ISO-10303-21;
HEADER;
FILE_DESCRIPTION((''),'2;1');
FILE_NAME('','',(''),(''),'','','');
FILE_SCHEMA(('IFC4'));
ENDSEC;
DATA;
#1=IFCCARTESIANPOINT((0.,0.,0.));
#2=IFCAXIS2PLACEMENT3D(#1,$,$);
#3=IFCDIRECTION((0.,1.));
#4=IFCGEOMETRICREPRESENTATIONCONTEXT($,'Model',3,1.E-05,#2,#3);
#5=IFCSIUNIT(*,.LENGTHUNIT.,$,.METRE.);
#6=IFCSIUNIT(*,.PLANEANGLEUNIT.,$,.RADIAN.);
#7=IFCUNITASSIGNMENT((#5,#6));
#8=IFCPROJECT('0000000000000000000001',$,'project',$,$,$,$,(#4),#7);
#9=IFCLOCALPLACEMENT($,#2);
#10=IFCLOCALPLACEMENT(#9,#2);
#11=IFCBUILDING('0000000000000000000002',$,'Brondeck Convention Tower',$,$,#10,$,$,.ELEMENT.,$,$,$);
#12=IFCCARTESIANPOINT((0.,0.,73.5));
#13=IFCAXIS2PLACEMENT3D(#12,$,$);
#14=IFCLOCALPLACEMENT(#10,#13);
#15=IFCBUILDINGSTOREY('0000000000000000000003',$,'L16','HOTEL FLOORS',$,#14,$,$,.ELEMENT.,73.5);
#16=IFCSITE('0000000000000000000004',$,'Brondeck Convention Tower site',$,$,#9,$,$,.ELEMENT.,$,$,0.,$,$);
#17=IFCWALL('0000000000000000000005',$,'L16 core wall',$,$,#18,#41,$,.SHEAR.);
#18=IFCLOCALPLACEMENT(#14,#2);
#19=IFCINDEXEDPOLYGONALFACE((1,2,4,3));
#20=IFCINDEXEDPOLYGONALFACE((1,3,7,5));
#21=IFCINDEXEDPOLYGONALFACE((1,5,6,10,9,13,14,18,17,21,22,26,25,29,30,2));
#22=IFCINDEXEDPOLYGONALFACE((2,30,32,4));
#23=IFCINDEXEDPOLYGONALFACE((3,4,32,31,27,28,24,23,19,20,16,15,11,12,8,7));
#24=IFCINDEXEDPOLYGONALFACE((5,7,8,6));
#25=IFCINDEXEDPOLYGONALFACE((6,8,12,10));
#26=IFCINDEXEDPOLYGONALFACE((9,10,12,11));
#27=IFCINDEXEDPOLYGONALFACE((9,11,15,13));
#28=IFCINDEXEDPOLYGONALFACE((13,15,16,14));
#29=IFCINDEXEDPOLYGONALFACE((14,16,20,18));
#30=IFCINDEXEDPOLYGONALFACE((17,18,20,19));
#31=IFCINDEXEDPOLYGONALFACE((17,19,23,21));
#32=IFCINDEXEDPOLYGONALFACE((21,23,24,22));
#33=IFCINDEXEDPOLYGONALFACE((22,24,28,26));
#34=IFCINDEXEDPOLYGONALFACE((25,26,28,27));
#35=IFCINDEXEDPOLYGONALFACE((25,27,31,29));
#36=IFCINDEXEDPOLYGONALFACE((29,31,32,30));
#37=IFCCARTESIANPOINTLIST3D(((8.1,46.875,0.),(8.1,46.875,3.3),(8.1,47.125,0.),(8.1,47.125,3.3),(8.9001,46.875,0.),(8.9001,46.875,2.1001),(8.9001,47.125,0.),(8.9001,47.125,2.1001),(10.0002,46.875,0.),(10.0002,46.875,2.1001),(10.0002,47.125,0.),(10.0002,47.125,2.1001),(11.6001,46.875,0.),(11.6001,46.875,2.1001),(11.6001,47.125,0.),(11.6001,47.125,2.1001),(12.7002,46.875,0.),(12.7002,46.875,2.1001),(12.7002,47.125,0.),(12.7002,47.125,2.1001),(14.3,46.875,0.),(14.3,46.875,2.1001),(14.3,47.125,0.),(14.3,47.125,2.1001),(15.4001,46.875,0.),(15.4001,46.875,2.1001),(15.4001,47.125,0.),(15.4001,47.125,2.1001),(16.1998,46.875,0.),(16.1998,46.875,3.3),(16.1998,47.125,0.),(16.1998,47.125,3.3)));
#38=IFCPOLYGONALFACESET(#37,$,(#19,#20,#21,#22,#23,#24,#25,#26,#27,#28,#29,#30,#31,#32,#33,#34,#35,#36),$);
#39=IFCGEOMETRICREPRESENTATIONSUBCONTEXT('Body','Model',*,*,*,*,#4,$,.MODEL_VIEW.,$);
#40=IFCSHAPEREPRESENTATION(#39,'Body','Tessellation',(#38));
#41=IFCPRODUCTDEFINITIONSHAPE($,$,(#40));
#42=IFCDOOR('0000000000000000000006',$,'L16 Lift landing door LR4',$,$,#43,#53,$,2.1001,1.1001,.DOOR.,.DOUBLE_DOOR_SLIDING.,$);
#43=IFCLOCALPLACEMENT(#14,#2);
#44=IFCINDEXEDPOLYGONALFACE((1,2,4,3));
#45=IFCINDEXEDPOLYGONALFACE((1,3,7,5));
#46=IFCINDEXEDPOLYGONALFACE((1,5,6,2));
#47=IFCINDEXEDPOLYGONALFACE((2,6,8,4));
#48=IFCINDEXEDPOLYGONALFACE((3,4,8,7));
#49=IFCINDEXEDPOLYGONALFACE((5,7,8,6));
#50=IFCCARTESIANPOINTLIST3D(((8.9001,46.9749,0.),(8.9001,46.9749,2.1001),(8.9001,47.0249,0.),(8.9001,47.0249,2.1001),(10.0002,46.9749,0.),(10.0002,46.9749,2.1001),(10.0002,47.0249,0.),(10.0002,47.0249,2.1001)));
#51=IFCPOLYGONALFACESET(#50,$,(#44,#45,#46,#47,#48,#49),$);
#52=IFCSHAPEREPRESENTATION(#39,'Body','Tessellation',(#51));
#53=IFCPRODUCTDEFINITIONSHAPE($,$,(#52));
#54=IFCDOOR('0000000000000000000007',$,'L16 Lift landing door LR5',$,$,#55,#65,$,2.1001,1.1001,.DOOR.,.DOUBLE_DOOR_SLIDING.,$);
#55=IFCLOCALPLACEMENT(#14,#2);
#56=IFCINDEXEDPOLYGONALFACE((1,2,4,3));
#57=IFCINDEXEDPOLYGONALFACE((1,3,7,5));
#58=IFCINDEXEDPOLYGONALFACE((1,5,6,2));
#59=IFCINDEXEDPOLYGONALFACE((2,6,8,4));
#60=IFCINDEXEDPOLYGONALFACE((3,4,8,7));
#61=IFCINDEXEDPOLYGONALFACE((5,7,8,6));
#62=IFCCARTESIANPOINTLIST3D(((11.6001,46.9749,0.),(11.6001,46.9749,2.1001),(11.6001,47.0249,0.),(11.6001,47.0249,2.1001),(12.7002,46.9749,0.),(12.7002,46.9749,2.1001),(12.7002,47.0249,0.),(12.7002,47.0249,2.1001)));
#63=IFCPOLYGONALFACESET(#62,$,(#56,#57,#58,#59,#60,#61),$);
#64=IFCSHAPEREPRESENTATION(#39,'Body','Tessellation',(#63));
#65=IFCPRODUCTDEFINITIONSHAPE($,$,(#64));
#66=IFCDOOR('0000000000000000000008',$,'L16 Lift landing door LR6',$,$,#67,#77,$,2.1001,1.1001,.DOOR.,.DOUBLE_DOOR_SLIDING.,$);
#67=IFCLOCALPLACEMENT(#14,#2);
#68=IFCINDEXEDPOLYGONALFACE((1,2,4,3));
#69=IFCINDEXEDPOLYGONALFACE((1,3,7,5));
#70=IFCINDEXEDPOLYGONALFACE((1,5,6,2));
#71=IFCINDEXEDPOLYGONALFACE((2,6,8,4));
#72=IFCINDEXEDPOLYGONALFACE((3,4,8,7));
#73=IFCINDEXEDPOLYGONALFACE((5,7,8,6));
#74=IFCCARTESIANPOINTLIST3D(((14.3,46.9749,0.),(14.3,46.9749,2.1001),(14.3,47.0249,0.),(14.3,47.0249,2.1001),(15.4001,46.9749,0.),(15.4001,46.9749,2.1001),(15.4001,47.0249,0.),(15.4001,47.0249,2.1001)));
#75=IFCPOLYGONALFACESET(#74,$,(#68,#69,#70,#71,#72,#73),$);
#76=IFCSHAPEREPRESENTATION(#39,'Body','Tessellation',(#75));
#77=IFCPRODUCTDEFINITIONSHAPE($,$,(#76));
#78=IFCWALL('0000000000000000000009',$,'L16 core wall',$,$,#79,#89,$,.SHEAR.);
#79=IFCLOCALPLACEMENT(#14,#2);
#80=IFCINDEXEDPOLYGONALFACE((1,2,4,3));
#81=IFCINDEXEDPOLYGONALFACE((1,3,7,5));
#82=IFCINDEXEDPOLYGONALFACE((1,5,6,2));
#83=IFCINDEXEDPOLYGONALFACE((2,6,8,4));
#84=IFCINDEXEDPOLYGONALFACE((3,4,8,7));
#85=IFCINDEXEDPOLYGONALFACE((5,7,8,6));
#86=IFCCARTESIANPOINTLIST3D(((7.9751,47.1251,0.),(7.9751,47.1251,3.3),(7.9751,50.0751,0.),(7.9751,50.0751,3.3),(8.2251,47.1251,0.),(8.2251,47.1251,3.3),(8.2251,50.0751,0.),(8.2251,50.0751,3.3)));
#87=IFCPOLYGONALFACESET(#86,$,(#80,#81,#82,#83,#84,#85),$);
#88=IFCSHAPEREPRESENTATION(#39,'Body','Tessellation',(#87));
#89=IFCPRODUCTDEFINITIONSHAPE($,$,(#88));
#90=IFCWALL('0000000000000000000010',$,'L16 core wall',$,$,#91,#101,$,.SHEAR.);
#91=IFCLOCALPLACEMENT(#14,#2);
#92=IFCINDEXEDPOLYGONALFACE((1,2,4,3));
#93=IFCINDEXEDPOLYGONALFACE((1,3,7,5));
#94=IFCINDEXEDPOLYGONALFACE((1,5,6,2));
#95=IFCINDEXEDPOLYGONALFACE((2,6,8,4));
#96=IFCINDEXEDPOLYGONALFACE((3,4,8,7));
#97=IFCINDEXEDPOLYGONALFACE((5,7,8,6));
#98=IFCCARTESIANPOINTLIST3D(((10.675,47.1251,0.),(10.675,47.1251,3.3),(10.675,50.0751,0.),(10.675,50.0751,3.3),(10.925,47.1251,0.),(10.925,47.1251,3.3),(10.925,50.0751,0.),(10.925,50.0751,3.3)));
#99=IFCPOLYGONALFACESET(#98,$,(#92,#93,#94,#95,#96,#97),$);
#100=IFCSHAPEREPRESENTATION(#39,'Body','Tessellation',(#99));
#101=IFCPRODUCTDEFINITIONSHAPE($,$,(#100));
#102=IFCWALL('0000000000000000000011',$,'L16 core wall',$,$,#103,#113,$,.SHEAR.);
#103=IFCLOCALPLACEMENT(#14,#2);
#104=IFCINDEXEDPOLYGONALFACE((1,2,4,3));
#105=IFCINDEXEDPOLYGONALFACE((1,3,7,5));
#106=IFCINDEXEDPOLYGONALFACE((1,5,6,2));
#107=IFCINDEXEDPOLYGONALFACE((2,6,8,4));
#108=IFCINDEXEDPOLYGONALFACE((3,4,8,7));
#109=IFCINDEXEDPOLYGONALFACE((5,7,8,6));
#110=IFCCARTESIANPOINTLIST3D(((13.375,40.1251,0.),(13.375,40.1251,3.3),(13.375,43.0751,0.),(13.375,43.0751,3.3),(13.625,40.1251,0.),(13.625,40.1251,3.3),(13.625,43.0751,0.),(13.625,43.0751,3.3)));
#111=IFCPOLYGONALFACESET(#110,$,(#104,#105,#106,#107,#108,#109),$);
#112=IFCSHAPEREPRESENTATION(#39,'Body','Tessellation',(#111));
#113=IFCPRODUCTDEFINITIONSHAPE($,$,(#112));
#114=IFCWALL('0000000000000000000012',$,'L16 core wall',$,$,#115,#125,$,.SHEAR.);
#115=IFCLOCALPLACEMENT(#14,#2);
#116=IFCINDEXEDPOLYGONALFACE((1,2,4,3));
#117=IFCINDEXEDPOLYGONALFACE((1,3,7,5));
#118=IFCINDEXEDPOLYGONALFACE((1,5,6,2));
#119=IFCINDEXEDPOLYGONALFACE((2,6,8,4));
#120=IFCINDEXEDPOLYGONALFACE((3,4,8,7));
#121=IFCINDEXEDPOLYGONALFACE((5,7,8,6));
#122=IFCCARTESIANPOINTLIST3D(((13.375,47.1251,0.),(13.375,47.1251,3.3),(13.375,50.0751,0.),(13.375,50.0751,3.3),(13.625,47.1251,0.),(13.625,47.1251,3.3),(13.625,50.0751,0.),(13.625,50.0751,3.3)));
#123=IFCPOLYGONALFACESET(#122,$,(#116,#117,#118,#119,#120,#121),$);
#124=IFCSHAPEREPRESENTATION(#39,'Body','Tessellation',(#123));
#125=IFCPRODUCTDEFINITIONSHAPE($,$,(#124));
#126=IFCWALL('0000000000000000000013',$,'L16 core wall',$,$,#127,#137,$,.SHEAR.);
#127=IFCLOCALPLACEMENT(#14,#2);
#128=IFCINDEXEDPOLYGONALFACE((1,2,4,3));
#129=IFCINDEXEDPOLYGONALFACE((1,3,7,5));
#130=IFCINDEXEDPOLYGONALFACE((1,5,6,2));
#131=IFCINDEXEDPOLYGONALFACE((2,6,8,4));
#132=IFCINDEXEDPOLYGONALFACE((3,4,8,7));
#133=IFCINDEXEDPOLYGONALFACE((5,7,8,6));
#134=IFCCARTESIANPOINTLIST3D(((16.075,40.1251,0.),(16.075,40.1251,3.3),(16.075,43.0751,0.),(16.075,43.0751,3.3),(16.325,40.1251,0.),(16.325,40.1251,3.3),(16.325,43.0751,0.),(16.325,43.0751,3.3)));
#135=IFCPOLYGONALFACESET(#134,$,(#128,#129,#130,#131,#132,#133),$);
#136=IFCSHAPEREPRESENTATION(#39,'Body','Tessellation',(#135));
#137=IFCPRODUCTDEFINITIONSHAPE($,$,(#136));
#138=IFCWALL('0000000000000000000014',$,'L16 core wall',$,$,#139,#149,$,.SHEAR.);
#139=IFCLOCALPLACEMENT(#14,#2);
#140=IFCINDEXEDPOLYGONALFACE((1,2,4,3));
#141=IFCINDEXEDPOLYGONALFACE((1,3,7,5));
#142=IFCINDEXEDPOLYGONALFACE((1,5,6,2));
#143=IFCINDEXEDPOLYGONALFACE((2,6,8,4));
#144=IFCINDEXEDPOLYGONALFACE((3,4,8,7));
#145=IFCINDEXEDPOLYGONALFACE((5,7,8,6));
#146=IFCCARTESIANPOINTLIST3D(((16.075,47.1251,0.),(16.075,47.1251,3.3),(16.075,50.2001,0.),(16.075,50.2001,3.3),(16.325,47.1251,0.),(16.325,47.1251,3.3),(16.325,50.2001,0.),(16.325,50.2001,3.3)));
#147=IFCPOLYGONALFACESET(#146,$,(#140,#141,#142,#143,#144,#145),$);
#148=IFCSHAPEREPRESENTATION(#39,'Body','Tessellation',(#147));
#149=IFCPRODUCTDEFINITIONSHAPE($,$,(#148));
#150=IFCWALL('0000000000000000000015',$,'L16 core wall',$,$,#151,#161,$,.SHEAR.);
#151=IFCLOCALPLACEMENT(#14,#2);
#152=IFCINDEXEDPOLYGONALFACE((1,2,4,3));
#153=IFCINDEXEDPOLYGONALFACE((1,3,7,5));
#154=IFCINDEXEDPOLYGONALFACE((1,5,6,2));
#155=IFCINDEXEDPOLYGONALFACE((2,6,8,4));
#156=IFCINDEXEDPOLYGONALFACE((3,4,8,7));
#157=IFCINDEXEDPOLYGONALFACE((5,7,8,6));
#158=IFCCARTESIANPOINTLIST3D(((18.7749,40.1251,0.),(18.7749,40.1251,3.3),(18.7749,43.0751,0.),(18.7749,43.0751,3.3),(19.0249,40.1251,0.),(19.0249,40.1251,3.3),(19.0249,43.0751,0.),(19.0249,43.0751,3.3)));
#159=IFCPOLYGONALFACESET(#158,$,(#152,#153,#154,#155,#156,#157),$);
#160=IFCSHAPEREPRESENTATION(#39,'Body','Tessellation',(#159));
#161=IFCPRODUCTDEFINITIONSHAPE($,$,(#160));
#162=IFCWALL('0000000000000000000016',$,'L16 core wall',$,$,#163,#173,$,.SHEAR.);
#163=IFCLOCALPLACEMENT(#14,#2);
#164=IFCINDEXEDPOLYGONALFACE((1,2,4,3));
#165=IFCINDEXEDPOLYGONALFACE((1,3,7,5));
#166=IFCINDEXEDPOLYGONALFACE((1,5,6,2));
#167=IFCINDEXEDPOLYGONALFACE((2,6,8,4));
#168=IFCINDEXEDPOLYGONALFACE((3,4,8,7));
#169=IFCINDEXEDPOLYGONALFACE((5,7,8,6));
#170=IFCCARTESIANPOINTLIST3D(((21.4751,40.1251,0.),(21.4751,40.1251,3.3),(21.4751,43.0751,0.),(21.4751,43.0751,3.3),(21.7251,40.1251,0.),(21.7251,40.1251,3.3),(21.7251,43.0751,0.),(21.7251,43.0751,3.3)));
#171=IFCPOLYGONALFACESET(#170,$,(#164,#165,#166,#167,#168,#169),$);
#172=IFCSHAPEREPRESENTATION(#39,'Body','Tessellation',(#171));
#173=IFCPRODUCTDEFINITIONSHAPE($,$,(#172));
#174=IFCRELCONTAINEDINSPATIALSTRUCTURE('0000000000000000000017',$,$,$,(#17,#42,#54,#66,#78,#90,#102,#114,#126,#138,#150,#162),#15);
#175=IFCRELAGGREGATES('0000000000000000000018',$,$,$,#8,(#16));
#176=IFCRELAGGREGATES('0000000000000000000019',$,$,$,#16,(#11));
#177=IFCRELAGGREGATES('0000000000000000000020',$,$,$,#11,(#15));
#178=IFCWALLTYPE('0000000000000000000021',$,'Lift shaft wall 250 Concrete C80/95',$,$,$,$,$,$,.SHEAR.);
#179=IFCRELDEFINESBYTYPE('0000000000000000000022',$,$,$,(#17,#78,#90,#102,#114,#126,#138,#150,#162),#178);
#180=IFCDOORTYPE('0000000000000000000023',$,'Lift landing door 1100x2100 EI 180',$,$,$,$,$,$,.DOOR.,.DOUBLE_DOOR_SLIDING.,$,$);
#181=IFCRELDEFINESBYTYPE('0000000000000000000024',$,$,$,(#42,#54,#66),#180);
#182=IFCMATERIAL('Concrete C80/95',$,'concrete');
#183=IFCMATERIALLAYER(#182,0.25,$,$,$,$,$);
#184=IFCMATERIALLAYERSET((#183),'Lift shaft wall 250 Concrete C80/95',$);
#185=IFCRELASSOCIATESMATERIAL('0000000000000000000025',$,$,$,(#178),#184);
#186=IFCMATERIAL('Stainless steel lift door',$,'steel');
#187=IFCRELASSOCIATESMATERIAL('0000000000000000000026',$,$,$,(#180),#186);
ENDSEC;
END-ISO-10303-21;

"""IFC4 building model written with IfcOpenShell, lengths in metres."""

from ifc_helpers import new_model, si_unit, direction, frame, frame_2d, origin, place, context, subcontext, project, spatial, rectangle, extrude, material, layer, layer_set, type_object, element, fill, save


model = new_model("IFC4")

# Units and contexts
model_context = context("Model", 3, precision=1e-05, world=origin(), true_north=direction((0.0, 1.0)))
body_context = subcontext(model_context, "Body", "Model", "MODEL_VIEW")
ifc_project = project(units=[si_unit("LENGTHUNIT", "METRE"), si_unit("PLANEANGLEUNIT", "RADIAN")], contexts=[model_context])

# Site, building, storey
site_placement = place(None, origin())
site = spatial("IfcSite", under=ifc_project, at=site_placement, Name="Brondeck Convention Tower site", CompositionType="ELEMENT", RefElevation=0.0)
building_placement = place(site_placement, origin())
building = spatial("IfcBuilding", under=site, at=building_placement, Name="Brondeck Convention Tower", CompositionType="ELEMENT")
storey_placement = place(building_placement, frame((0.0, 0.0, 73.5)))
storey = spatial("IfcBuildingStorey", under=building, at=storey_placement, Name="L16", Description="HOTEL FLOORS", CompositionType="ELEMENT", Elevation=73.5)

# Shared definitions
ifc_material_1 = material(Name="Concrete C80/95", Category="concrete")

# Wall, openings, doors
ifc_layer_1 = layer(ifc_material_1, 0.25)
ifc_layer_set_1 = layer_set([ifc_layer_1], Name="Lift shaft wall 250 Concrete C80/95")
wall_type_1 = type_object("IfcWallType", Name="Lift shaft wall 250 Concrete C80/95", PredefinedType="SHEAR", material=ifc_layer_set_1)
ifc_material_2 = material(Name="Stainless steel lift door", Category="steel")
door_type_1 = type_object("IfcDoorType", Name="Lift landing door 1100x2100 EI 180", OperationType="DOUBLE_DOOR_SLIDING", PredefinedType="DOOR", material=ifc_material_2)
wall_1_placement = place(storey_placement, frame((8.1001, 47.0, 0.0), z_axis=(0.0, 0.0, 1.0), x_axis=(1.0, 0.0, 0.0)))
wall_1 = element("IfcWall", 1, at=wall_1_placement, inside=storey, type_object=wall_type_1, Name="L16 core wall", PredefinedType="SHEAR", context=body_context, shape_type="SweptSolid", body=[
    extrude(rectangle(XDim=8.0999, YDim=0.25, at=frame_2d((4.0498, 0.0))), origin(), (0.0, 0.0, 1.0), 3.3),
])
opening_1_placement = place(wall_1_placement, frame((0.8, 0.0, 0.0)))
opening_1 = element("IfcOpeningElement", 2, at=opening_1_placement, cuts=wall_1, PredefinedType="OPENING", context=body_context, shape_type="SweptSolid", body=[
    extrude(rectangle(XDim=1.1001, YDim=2.1001, at=frame_2d((0.55, 1.05))), frame((0.0, 0.135, 0.0), z_axis=(0.0, -1.0, 0.0), x_axis=(1.0, 0.0, 0.0)), (0.0, 0.0, 1.0), 0.27),
])
opening_2_placement = place(wall_1_placement, frame((3.5, 0.0, 0.0)))
opening_2 = element("IfcOpeningElement", 3, at=opening_2_placement, cuts=wall_1, PredefinedType="OPENING", context=body_context, shape_type="SweptSolid", body=[
    extrude(rectangle(XDim=1.1001, YDim=2.1001, at=frame_2d((0.55, 1.05))), frame((0.0, 0.135, 0.0), z_axis=(0.0, -1.0, 0.0), x_axis=(1.0, 0.0, 0.0)), (0.0, 0.0, 1.0), 0.27),
])
opening_3_placement = place(wall_1_placement, frame((6.2, 0.0, 0.0)))
opening_3 = element("IfcOpeningElement", 4, at=opening_3_placement, cuts=wall_1, PredefinedType="OPENING", context=body_context, shape_type="SweptSolid", body=[
    extrude(rectangle(XDim=1.1001, YDim=2.1001, at=frame_2d((0.55, 1.05))), frame((0.0, 0.135, 0.0), z_axis=(0.0, -1.0, 0.0), x_axis=(1.0, 0.0, 0.0)), (0.0, 0.0, 1.0), 0.27),
])
door_1_placement = place(opening_1_placement, origin())
door_1 = element("IfcDoor", 5, at=door_1_placement, inside=storey, type_object=door_type_1, Name="L16 Lift landing door LR4", OperationType="DOUBLE_DOOR_SLIDING", OverallHeight=2.1001, OverallWidth=1.1001, PredefinedType="DOOR", context=body_context, shape_type="SweptSolid", body=[
    extrude(rectangle(XDim=1.1001, YDim=2.1001, at=frame_2d((0.55, 1.05))), frame((0.0, 0.0249, 0.0), z_axis=(0.0, -1.0, 0.0), x_axis=(1.0, 0.0, 0.0)), (0.0, 0.0, 1.0), 0.05),
])
fill(opening_1, door_1)
door_2_placement = place(opening_2_placement, origin())
door_2 = element("IfcDoor", 6, at=door_2_placement, inside=storey, type_object=door_type_1, Name="L16 Lift landing door LR5", OperationType="DOUBLE_DOOR_SLIDING", OverallHeight=2.1001, OverallWidth=1.1001, PredefinedType="DOOR", context=body_context, shape_type="SweptSolid", body=[
    extrude(rectangle(XDim=1.1001, YDim=2.1001, at=frame_2d((0.55, 1.05))), frame((0.0, 0.0249, 0.0), z_axis=(0.0, -1.0, 0.0), x_axis=(1.0, 0.0, 0.0)), (0.0, 0.0, 1.0), 0.05),
])
fill(opening_2, door_2)
door_3_placement = place(opening_3_placement, origin())
door_3 = element("IfcDoor", 7, at=door_3_placement, inside=storey, type_object=door_type_1, Name="L16 Lift landing door LR6", OperationType="DOUBLE_DOOR_SLIDING", OverallHeight=2.1001, OverallWidth=1.1001, PredefinedType="DOOR", context=body_context, shape_type="SweptSolid", body=[
    extrude(rectangle(XDim=1.1001, YDim=2.1001, at=frame_2d((0.55, 1.05))), frame((0.0, 0.0249, 0.0), z_axis=(0.0, -1.0, 0.0), x_axis=(1.0, 0.0, 0.0)), (0.0, 0.0, 1.0), 0.05),
])
fill(opening_3, door_3)

# Walls
for number, where, z_axis, x_axis, name in (
    (8, (8.1001, 47.125, 0.0), (0.0, 0.0, 1.0), (0.0, 1.0, 0.0), "L16 core wall"),
    (9, (10.8, 47.125, 0.0), (0.0, 0.0, 1.0), (0.0, 1.0, 0.0), "L16 core wall"),
    (10, (13.5, 40.125, 0.0), (0.0, 0.0, 1.0), (0.0, 1.0, 0.0), "L16 core wall"),
    (11, (13.5, 47.125, 0.0), (0.0, 0.0, 1.0), (0.0, 1.0, 0.0), "L16 core wall"),
    (12, (16.2, 40.125, 0.0), (0.0, 0.0, 1.0), (0.0, 1.0, 0.0), "L16 core wall"),
):
    element("IfcWall", number, at=place(storey_placement, frame(where, z_axis=z_axis, x_axis=x_axis)), inside=storey, type_object=wall_type_1, Name=name, PredefinedType="SHEAR", context=body_context, shape_type="SweptSolid", body=[
        extrude(rectangle(XDim=2.95, YDim=0.25, at=frame_2d((1.4751, 0.0))), origin(), (0.0, 0.0, 1.0), 3.3),
    ])
wall_2_placement = place(storey_placement, frame((16.2, 47.125, 0.0), z_axis=(0.0, 0.0, 1.0), x_axis=(0.0, 1.0, 0.0)))
element("IfcWall", 13, at=wall_2_placement, inside=storey, type_object=wall_type_1, Name="L16 core wall", PredefinedType="SHEAR", context=body_context, shape_type="SweptSolid", body=[
    extrude(rectangle(XDim=3.075, YDim=0.25, at=frame_2d((1.5376, 0.0))), origin(), (0.0, 0.0, 1.0), 3.3),
])
for number, where, z_axis, x_axis, name in (
    (14, (18.8999, 40.125, 0.0), (0.0, 0.0, 1.0), (0.0, 1.0, 0.0), "L16 core wall"),
    (15, (21.6001, 40.125, 0.0), (0.0, 0.0, 1.0), (0.0, 1.0, 0.0), "L16 core wall"),
):
    element("IfcWall", number, at=place(storey_placement, frame(where, z_axis=z_axis, x_axis=x_axis)), inside=storey, type_object=wall_type_1, Name=name, PredefinedType="SHEAR", context=body_context, shape_type="SweptSolid", body=[
        extrude(rectangle(XDim=2.95, YDim=0.25, at=frame_2d((1.4751, 0.0))), origin(), (0.0, 0.0, 1.0), 3.3),
    ])

save(model, "model.ifc")
